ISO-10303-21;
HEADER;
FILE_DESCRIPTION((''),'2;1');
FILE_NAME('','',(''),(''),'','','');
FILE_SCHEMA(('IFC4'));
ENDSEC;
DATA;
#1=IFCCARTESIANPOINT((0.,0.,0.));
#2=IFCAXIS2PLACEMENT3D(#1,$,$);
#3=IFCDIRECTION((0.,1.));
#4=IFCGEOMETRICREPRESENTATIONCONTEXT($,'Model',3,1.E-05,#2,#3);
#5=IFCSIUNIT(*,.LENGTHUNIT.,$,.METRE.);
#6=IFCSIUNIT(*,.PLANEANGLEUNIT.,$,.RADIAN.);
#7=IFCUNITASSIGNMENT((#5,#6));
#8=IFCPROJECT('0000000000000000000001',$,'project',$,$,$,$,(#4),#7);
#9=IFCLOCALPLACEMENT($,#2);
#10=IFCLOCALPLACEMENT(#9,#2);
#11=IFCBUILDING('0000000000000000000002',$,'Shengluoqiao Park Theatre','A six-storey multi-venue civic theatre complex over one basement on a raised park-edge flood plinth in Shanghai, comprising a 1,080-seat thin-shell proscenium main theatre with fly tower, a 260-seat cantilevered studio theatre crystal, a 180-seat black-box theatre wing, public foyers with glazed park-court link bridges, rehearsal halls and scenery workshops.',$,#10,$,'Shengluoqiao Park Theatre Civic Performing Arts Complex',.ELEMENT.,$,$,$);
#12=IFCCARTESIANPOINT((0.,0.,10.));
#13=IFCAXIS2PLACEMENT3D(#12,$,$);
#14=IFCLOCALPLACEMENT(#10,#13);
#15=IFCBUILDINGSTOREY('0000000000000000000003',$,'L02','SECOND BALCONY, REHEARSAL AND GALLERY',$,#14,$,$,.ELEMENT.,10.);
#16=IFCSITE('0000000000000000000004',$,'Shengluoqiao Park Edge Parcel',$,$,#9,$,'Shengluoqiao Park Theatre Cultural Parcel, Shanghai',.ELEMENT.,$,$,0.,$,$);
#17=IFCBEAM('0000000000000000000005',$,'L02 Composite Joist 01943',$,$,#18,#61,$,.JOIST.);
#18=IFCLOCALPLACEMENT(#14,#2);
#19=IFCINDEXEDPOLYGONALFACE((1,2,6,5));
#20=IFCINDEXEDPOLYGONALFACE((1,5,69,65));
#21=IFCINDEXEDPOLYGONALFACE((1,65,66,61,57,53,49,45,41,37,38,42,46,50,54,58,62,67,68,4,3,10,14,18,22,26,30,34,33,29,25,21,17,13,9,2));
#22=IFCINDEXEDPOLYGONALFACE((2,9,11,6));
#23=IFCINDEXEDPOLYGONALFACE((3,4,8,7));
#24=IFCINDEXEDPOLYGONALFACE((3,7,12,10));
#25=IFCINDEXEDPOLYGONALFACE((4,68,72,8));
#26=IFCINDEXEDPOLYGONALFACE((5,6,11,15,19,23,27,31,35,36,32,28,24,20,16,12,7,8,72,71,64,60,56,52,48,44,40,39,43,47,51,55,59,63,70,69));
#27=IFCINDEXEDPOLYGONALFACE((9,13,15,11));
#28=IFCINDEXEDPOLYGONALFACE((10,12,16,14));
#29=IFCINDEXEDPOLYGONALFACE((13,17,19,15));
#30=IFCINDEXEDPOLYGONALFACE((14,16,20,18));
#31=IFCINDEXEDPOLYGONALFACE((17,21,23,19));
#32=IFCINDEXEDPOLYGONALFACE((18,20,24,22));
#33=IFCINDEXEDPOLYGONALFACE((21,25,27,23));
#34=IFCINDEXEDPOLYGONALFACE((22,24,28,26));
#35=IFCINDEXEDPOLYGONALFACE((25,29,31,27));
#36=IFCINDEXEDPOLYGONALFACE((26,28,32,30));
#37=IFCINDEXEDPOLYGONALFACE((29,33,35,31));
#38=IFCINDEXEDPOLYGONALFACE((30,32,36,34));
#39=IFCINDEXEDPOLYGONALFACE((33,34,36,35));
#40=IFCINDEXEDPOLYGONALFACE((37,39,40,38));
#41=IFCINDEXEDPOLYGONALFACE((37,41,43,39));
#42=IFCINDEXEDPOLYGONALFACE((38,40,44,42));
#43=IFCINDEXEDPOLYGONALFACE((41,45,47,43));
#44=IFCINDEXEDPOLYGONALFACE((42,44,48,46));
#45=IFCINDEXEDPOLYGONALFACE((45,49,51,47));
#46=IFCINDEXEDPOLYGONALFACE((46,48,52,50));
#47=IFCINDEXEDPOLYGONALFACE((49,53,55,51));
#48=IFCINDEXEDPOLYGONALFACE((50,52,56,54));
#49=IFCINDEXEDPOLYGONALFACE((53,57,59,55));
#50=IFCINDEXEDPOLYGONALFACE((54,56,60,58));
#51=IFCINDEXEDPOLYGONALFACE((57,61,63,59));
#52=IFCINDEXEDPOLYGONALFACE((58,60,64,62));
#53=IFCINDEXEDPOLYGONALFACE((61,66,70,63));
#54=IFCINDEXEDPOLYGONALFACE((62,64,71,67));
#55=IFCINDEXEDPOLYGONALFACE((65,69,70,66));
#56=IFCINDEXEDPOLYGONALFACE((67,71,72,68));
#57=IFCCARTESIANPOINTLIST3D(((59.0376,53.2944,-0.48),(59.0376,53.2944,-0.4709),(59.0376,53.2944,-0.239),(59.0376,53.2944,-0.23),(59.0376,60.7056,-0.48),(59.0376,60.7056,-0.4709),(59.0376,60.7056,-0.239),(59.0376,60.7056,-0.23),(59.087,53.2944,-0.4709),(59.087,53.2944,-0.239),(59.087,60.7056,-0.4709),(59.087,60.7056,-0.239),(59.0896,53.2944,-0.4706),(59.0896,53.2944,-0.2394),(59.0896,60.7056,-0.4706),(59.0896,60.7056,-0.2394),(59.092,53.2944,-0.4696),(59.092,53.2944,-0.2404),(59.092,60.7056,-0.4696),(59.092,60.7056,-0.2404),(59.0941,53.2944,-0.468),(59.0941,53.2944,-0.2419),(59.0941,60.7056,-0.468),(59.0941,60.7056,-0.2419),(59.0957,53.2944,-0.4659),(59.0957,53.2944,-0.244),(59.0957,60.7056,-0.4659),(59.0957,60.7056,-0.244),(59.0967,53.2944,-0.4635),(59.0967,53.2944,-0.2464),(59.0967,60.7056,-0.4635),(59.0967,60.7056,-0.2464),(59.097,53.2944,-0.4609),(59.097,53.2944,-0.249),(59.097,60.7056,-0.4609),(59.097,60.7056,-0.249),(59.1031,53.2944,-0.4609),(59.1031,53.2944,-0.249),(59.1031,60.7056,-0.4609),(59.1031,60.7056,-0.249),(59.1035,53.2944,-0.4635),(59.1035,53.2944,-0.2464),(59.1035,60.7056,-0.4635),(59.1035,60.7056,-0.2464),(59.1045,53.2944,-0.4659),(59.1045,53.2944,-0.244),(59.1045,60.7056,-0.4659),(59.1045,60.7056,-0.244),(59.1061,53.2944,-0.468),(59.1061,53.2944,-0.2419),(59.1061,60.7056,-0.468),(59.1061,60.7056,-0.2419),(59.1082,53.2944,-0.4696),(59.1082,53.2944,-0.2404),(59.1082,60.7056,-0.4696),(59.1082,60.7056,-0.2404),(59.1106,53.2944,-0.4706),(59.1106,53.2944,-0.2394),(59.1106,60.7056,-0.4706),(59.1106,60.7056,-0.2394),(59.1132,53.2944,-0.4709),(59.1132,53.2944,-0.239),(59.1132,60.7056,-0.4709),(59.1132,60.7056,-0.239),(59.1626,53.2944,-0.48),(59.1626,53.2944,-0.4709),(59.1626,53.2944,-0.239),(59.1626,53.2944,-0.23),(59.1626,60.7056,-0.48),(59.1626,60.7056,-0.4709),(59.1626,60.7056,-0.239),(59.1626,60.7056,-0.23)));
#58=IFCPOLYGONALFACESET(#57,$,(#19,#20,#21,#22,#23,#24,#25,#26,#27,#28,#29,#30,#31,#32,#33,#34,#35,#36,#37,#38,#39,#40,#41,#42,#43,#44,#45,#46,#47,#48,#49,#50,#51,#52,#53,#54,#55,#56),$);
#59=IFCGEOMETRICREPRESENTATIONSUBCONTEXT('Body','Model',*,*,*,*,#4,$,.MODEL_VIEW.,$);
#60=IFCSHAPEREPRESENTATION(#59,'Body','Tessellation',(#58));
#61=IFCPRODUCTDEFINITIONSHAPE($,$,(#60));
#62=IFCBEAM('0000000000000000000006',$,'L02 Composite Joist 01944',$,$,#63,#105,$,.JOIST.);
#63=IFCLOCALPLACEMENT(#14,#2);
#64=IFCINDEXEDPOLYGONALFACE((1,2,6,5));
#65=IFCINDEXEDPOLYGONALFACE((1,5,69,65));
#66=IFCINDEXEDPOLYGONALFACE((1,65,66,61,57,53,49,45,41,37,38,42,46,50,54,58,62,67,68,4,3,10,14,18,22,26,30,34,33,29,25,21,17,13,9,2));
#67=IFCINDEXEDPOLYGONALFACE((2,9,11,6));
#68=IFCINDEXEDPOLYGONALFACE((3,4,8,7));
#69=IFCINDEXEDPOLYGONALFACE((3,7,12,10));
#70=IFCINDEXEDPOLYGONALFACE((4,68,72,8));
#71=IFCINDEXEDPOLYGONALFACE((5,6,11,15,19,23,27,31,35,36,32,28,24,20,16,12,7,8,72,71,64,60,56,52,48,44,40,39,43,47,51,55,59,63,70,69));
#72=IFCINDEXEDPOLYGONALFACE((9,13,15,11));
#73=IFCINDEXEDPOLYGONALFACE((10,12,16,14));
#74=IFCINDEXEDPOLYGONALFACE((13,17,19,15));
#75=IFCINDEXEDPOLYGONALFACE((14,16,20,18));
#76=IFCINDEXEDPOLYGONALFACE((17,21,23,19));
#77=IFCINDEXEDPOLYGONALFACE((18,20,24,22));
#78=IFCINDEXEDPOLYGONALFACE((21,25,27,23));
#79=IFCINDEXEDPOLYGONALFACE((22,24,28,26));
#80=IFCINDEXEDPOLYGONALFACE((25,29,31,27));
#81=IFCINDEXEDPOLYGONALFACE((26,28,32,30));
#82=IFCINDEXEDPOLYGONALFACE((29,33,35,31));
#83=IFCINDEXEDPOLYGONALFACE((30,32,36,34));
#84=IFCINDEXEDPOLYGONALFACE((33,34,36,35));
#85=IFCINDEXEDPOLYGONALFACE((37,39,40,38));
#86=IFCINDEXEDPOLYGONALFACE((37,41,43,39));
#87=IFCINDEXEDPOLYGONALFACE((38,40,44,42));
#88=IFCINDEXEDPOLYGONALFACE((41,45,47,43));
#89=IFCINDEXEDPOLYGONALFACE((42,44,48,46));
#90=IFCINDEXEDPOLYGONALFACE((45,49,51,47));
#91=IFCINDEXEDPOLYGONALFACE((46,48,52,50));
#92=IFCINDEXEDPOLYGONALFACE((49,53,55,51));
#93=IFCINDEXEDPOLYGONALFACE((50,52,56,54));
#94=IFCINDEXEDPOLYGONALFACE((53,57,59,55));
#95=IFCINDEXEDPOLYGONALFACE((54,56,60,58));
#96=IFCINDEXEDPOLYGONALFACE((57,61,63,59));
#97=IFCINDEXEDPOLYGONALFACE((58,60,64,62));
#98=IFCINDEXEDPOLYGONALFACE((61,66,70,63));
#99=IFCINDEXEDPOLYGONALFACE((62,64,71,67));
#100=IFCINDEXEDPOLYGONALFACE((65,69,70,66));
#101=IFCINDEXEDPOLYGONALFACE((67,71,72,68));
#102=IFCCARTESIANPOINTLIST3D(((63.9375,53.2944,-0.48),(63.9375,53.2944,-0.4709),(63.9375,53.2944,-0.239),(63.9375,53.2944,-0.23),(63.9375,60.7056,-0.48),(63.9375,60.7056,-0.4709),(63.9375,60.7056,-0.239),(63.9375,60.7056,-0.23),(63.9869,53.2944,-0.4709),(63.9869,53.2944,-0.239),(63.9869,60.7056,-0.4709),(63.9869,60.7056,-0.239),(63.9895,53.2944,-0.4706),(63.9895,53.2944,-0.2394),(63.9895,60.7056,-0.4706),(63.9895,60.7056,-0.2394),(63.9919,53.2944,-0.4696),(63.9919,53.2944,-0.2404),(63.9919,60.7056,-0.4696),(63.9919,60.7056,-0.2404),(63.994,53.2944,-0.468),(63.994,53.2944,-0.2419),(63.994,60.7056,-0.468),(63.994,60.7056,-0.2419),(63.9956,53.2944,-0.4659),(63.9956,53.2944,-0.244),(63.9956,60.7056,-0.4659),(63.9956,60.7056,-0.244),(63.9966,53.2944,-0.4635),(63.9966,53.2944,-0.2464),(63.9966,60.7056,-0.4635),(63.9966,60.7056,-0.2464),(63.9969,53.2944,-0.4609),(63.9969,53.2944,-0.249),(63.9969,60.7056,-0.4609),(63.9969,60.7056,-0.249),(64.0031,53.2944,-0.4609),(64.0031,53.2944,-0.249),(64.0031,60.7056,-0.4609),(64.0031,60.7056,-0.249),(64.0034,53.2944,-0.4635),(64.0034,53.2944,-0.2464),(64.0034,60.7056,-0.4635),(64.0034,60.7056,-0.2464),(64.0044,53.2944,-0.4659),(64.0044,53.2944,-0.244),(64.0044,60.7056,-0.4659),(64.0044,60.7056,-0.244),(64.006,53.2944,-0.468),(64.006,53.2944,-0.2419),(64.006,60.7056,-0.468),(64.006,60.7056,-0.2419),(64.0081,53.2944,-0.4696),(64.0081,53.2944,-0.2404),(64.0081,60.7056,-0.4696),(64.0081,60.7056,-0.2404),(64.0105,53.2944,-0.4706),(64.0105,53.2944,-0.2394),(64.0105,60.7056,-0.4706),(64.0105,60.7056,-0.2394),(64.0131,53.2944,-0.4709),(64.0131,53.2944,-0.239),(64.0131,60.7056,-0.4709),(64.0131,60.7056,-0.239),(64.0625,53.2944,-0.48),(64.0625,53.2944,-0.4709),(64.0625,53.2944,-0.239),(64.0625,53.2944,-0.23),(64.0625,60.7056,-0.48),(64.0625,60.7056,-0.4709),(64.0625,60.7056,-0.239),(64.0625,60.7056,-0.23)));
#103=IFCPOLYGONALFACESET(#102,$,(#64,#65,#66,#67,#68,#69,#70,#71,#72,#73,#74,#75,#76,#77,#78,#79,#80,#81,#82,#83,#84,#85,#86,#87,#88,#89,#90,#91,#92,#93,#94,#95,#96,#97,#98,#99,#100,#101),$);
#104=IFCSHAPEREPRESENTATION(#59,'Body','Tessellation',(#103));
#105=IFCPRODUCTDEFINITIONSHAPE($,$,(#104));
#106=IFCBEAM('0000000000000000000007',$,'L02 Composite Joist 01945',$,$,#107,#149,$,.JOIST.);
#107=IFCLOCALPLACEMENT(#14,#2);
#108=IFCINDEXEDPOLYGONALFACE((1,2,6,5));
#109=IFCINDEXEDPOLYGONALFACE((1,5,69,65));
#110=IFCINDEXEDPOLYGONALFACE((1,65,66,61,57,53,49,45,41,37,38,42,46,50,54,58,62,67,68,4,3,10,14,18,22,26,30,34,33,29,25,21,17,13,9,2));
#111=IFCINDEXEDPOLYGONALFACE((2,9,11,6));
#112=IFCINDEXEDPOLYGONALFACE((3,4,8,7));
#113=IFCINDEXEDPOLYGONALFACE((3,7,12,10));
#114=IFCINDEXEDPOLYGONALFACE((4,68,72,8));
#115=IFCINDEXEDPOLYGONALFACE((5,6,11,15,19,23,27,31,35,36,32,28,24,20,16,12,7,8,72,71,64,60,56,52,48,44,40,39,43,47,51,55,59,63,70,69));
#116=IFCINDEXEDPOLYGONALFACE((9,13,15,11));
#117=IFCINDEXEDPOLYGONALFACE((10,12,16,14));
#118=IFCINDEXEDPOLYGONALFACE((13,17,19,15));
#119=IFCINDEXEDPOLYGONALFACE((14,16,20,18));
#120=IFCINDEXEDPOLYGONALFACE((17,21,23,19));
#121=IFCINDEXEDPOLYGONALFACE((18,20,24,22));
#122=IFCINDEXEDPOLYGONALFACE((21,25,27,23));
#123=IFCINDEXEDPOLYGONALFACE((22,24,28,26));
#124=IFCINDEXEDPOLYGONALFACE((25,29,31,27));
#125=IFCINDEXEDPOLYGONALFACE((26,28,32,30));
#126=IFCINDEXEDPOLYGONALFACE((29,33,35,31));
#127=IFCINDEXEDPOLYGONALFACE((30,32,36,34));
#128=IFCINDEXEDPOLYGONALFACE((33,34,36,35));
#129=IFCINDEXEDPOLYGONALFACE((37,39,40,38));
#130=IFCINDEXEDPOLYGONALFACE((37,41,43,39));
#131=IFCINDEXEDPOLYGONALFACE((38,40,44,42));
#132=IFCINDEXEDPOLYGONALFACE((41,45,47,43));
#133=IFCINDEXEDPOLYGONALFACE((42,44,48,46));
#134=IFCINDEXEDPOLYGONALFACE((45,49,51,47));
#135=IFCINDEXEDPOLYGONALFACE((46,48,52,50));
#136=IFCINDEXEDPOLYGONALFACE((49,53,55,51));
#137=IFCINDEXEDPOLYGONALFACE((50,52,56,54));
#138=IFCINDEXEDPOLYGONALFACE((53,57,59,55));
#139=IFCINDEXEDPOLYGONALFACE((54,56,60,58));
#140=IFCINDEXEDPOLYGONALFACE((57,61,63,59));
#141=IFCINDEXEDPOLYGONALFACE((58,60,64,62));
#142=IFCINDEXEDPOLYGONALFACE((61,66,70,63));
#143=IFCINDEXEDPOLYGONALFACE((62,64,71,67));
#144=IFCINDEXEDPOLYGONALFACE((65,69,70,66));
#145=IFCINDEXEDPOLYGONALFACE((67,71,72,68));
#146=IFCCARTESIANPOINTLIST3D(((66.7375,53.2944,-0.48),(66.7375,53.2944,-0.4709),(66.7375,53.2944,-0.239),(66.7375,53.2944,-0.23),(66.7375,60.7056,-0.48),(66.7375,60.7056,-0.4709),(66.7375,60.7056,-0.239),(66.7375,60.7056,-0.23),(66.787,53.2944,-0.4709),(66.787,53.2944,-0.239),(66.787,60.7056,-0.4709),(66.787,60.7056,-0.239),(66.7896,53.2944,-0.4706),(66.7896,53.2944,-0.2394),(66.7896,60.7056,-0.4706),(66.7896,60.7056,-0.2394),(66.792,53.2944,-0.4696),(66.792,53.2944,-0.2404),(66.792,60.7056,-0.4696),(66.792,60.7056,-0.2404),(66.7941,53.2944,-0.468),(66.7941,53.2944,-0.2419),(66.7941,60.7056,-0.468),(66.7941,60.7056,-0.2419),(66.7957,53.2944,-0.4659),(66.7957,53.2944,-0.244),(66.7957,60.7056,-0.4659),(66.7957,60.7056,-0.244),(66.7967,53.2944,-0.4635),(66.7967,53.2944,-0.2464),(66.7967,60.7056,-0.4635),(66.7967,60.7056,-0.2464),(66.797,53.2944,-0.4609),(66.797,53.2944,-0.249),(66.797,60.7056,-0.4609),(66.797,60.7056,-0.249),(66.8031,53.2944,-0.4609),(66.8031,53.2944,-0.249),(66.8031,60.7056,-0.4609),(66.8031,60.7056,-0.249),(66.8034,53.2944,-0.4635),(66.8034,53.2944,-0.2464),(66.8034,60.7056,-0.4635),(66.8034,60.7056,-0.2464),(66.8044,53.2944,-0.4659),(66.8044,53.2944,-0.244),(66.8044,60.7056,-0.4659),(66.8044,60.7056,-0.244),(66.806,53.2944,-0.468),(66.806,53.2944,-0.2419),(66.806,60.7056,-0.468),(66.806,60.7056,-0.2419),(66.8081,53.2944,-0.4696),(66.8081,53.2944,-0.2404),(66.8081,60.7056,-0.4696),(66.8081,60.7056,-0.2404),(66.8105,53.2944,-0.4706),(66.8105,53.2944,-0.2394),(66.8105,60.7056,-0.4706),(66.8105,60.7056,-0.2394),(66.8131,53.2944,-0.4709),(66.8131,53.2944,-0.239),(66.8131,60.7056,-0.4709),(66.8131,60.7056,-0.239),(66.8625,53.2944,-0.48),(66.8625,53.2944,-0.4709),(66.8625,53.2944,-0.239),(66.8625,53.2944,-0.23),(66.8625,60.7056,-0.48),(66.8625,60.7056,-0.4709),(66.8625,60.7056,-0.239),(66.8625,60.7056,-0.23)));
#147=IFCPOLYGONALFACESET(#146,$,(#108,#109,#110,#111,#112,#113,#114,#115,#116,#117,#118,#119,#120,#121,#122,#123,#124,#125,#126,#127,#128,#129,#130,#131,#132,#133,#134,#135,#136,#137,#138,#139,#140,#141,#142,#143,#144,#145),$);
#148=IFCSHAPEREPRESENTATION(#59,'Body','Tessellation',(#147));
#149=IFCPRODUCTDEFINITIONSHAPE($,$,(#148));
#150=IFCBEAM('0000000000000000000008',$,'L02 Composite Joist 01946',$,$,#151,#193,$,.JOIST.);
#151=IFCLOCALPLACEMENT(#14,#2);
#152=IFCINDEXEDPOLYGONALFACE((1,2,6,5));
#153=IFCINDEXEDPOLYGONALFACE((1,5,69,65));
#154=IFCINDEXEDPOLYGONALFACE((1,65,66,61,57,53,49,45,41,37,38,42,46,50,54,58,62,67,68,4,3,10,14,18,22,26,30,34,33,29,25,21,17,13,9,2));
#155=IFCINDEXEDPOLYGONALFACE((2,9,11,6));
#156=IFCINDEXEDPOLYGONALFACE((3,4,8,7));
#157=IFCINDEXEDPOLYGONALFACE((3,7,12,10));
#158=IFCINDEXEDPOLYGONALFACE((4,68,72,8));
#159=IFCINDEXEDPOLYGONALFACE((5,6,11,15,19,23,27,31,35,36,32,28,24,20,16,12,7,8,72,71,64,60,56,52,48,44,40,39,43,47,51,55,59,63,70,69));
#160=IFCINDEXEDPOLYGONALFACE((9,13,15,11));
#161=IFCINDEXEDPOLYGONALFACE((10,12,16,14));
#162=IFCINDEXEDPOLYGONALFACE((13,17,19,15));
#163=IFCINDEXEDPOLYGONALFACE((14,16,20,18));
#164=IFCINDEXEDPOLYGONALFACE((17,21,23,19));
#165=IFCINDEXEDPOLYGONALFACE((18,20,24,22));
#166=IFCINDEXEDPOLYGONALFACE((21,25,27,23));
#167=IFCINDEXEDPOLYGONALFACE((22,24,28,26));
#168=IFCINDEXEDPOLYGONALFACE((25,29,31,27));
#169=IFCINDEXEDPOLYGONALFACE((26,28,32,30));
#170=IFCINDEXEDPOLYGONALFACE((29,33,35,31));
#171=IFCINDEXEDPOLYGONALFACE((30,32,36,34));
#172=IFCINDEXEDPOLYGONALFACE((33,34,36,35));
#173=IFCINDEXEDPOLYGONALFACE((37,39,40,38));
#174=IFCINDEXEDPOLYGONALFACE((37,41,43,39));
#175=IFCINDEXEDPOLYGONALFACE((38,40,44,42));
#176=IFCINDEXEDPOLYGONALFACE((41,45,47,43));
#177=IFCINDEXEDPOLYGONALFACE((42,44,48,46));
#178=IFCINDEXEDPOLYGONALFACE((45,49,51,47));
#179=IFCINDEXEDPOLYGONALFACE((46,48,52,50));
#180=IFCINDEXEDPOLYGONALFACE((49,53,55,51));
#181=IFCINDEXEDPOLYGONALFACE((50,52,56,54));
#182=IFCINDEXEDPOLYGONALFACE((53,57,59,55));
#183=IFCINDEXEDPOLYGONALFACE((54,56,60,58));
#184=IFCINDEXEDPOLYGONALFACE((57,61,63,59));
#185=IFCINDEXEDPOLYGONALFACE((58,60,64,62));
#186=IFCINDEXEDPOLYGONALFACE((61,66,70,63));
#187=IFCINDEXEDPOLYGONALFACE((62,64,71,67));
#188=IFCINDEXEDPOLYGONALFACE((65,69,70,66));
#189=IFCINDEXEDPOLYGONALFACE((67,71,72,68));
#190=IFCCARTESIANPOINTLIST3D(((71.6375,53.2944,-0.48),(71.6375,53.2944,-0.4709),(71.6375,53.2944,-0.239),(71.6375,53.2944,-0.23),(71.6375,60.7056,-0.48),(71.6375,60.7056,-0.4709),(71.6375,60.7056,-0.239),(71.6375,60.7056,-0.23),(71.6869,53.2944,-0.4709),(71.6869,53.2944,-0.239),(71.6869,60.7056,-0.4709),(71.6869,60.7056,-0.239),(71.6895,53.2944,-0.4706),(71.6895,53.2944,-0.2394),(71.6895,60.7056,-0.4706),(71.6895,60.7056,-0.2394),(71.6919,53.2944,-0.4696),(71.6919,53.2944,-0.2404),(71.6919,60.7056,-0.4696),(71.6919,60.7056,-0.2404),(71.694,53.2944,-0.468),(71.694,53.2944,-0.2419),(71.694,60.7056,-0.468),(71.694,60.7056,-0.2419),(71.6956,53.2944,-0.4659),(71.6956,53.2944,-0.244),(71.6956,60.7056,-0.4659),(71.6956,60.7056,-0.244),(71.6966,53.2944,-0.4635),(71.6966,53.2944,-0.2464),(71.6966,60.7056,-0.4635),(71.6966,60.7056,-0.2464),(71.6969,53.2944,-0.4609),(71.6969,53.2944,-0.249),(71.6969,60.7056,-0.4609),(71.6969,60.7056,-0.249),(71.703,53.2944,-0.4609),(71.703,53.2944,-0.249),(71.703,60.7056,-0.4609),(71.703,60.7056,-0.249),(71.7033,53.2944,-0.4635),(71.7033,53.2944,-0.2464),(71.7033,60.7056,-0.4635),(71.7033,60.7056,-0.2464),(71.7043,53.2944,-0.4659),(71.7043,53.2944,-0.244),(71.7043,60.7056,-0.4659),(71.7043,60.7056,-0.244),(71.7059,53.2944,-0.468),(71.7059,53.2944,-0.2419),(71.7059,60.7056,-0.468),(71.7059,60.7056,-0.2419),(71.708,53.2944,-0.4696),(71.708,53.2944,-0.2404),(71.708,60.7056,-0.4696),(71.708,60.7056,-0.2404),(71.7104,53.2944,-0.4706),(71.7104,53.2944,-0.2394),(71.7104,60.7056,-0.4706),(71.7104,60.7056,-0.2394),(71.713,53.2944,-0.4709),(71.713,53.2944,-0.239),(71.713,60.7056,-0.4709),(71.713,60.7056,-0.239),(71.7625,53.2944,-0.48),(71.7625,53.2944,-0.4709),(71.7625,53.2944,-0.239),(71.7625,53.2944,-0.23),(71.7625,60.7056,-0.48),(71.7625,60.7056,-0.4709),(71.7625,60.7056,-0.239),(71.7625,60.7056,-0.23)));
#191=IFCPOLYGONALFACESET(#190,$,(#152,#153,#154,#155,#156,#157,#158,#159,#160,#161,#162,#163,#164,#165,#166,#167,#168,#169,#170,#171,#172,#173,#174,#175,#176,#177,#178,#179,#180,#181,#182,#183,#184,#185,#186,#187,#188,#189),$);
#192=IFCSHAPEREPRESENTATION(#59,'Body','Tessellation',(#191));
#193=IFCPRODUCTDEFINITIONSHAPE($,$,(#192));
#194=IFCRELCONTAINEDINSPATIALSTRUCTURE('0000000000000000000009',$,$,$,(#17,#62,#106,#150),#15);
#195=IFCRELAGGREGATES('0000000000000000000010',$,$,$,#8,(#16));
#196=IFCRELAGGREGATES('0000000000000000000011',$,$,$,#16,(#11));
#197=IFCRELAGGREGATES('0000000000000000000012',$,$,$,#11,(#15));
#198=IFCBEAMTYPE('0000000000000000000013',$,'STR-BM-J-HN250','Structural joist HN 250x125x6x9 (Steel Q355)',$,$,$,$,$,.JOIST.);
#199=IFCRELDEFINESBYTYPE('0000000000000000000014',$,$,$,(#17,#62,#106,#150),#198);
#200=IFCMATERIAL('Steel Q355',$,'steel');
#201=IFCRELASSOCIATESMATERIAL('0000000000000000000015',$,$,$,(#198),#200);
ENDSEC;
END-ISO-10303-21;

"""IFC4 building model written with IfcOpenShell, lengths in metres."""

from ifc_helpers import new_model, si_unit, direction, frame, origin, origin_2d, place, context, subcontext, project, spatial, i_section, extrude, material, material_profile, profile_set, type_object, element, save


model = new_model("IFC4")

# Units and contexts
model_context = context("Model", 3, precision=1e-05, world=origin(), true_north=direction((0.0, 1.0)))
body_context = subcontext(model_context, "Body", "Model", "MODEL_VIEW")
ifc_project = project(units=[si_unit("LENGTHUNIT", "METRE"), si_unit("PLANEANGLEUNIT", "RADIAN")], contexts=[model_context])

# Site, building, storey
site_placement = place(None, origin())
site = spatial("IfcSite", under=ifc_project, at=site_placement, Name="Shengluoqiao Park Edge Parcel", LongName="Shengluoqiao Park Theatre Cultural Parcel, Shanghai", CompositionType="ELEMENT", RefElevation=0.0)
building_placement = place(site_placement, origin())
building = spatial("IfcBuilding", under=site, at=building_placement, Name="Shengluoqiao Park Theatre", Description="A six-storey multi-venue civic theatre complex over one basement on a raised park-edge flood plinth in Shanghai, comprising a 1,080-seat thin-shell proscenium main theatre with fly tower, a 260-seat cantilevered studio theatre crystal, a 180-seat black-box theatre wing, public foyers with glazed park-court link bridges, rehearsal halls and scenery workshops.", LongName="Shengluoqiao Park Theatre Civic Performing Arts Complex", CompositionType="ELEMENT")
storey_placement = place(building_placement, frame((0.0, 0.0, 10.0)))
storey = spatial("IfcBuildingStorey", under=building, at=storey_placement, Name="L02", Description="SECOND BALCONY, REHEARSAL AND GALLERY", CompositionType="ELEMENT", Elevation=10.0)

# Beams
ifc_material_1 = material(Name="Steel Q355", Category="steel")
ifc_material_profile_1 = material_profile(ifc_material_1, i_section(OverallWidth=0.125, OverallDepth=0.25, WebThickness=0.0061, FlangeThickness=0.009, FilletRadius=0.01, at=origin_2d()), Name="HN 250x125x6x9")
ifc_profile_set_1 = profile_set([ifc_material_profile_1], Name="Steel Q355")
beam_type_1 = type_object("IfcBeamType", Name="STR-BM-J-HN250", Description="Structural joist HN 250x125x6x9 (Steel Q355)", PredefinedType="JOIST", material=ifc_profile_set_1)
for number, where, z_axis, x_axis, name in (
    (1, (59.1001, 53.2944, -0.355), (0.0, 1.0, 0.0), (-1.0, 0.0, 0.0), "L02 Composite Joist 01943"),
    (2, (64.0, 53.2944, -0.355), (0.0, 1.0, 0.0), (-1.0, 0.0, 0.0), "L02 Composite Joist 01944"),
    (3, (66.8, 53.2944, -0.355), (0.0, 1.0, 0.0), (-1.0, 0.0, 0.0), "L02 Composite Joist 01945"),
    (4, (71.7, 53.2944, -0.355), (0.0, 1.0, 0.0), (-1.0, 0.0, 0.0), "L02 Composite Joist 01946"),
):
    element("IfcBeam", number, at=place(storey_placement, frame(where, z_axis=z_axis, x_axis=x_axis)), inside=storey, type_object=beam_type_1, Name=name, PredefinedType="JOIST", context=body_context, shape_type="SweptSolid", body=[
        extrude(i_section(OverallWidth=0.125, OverallDepth=0.25, WebThickness=0.0061, FlangeThickness=0.009, FilletRadius=0.01, at=origin_2d()), origin(), (0.0, 0.0, 1.0), 7.4111),
    ])

save(model, "model.ifc")
